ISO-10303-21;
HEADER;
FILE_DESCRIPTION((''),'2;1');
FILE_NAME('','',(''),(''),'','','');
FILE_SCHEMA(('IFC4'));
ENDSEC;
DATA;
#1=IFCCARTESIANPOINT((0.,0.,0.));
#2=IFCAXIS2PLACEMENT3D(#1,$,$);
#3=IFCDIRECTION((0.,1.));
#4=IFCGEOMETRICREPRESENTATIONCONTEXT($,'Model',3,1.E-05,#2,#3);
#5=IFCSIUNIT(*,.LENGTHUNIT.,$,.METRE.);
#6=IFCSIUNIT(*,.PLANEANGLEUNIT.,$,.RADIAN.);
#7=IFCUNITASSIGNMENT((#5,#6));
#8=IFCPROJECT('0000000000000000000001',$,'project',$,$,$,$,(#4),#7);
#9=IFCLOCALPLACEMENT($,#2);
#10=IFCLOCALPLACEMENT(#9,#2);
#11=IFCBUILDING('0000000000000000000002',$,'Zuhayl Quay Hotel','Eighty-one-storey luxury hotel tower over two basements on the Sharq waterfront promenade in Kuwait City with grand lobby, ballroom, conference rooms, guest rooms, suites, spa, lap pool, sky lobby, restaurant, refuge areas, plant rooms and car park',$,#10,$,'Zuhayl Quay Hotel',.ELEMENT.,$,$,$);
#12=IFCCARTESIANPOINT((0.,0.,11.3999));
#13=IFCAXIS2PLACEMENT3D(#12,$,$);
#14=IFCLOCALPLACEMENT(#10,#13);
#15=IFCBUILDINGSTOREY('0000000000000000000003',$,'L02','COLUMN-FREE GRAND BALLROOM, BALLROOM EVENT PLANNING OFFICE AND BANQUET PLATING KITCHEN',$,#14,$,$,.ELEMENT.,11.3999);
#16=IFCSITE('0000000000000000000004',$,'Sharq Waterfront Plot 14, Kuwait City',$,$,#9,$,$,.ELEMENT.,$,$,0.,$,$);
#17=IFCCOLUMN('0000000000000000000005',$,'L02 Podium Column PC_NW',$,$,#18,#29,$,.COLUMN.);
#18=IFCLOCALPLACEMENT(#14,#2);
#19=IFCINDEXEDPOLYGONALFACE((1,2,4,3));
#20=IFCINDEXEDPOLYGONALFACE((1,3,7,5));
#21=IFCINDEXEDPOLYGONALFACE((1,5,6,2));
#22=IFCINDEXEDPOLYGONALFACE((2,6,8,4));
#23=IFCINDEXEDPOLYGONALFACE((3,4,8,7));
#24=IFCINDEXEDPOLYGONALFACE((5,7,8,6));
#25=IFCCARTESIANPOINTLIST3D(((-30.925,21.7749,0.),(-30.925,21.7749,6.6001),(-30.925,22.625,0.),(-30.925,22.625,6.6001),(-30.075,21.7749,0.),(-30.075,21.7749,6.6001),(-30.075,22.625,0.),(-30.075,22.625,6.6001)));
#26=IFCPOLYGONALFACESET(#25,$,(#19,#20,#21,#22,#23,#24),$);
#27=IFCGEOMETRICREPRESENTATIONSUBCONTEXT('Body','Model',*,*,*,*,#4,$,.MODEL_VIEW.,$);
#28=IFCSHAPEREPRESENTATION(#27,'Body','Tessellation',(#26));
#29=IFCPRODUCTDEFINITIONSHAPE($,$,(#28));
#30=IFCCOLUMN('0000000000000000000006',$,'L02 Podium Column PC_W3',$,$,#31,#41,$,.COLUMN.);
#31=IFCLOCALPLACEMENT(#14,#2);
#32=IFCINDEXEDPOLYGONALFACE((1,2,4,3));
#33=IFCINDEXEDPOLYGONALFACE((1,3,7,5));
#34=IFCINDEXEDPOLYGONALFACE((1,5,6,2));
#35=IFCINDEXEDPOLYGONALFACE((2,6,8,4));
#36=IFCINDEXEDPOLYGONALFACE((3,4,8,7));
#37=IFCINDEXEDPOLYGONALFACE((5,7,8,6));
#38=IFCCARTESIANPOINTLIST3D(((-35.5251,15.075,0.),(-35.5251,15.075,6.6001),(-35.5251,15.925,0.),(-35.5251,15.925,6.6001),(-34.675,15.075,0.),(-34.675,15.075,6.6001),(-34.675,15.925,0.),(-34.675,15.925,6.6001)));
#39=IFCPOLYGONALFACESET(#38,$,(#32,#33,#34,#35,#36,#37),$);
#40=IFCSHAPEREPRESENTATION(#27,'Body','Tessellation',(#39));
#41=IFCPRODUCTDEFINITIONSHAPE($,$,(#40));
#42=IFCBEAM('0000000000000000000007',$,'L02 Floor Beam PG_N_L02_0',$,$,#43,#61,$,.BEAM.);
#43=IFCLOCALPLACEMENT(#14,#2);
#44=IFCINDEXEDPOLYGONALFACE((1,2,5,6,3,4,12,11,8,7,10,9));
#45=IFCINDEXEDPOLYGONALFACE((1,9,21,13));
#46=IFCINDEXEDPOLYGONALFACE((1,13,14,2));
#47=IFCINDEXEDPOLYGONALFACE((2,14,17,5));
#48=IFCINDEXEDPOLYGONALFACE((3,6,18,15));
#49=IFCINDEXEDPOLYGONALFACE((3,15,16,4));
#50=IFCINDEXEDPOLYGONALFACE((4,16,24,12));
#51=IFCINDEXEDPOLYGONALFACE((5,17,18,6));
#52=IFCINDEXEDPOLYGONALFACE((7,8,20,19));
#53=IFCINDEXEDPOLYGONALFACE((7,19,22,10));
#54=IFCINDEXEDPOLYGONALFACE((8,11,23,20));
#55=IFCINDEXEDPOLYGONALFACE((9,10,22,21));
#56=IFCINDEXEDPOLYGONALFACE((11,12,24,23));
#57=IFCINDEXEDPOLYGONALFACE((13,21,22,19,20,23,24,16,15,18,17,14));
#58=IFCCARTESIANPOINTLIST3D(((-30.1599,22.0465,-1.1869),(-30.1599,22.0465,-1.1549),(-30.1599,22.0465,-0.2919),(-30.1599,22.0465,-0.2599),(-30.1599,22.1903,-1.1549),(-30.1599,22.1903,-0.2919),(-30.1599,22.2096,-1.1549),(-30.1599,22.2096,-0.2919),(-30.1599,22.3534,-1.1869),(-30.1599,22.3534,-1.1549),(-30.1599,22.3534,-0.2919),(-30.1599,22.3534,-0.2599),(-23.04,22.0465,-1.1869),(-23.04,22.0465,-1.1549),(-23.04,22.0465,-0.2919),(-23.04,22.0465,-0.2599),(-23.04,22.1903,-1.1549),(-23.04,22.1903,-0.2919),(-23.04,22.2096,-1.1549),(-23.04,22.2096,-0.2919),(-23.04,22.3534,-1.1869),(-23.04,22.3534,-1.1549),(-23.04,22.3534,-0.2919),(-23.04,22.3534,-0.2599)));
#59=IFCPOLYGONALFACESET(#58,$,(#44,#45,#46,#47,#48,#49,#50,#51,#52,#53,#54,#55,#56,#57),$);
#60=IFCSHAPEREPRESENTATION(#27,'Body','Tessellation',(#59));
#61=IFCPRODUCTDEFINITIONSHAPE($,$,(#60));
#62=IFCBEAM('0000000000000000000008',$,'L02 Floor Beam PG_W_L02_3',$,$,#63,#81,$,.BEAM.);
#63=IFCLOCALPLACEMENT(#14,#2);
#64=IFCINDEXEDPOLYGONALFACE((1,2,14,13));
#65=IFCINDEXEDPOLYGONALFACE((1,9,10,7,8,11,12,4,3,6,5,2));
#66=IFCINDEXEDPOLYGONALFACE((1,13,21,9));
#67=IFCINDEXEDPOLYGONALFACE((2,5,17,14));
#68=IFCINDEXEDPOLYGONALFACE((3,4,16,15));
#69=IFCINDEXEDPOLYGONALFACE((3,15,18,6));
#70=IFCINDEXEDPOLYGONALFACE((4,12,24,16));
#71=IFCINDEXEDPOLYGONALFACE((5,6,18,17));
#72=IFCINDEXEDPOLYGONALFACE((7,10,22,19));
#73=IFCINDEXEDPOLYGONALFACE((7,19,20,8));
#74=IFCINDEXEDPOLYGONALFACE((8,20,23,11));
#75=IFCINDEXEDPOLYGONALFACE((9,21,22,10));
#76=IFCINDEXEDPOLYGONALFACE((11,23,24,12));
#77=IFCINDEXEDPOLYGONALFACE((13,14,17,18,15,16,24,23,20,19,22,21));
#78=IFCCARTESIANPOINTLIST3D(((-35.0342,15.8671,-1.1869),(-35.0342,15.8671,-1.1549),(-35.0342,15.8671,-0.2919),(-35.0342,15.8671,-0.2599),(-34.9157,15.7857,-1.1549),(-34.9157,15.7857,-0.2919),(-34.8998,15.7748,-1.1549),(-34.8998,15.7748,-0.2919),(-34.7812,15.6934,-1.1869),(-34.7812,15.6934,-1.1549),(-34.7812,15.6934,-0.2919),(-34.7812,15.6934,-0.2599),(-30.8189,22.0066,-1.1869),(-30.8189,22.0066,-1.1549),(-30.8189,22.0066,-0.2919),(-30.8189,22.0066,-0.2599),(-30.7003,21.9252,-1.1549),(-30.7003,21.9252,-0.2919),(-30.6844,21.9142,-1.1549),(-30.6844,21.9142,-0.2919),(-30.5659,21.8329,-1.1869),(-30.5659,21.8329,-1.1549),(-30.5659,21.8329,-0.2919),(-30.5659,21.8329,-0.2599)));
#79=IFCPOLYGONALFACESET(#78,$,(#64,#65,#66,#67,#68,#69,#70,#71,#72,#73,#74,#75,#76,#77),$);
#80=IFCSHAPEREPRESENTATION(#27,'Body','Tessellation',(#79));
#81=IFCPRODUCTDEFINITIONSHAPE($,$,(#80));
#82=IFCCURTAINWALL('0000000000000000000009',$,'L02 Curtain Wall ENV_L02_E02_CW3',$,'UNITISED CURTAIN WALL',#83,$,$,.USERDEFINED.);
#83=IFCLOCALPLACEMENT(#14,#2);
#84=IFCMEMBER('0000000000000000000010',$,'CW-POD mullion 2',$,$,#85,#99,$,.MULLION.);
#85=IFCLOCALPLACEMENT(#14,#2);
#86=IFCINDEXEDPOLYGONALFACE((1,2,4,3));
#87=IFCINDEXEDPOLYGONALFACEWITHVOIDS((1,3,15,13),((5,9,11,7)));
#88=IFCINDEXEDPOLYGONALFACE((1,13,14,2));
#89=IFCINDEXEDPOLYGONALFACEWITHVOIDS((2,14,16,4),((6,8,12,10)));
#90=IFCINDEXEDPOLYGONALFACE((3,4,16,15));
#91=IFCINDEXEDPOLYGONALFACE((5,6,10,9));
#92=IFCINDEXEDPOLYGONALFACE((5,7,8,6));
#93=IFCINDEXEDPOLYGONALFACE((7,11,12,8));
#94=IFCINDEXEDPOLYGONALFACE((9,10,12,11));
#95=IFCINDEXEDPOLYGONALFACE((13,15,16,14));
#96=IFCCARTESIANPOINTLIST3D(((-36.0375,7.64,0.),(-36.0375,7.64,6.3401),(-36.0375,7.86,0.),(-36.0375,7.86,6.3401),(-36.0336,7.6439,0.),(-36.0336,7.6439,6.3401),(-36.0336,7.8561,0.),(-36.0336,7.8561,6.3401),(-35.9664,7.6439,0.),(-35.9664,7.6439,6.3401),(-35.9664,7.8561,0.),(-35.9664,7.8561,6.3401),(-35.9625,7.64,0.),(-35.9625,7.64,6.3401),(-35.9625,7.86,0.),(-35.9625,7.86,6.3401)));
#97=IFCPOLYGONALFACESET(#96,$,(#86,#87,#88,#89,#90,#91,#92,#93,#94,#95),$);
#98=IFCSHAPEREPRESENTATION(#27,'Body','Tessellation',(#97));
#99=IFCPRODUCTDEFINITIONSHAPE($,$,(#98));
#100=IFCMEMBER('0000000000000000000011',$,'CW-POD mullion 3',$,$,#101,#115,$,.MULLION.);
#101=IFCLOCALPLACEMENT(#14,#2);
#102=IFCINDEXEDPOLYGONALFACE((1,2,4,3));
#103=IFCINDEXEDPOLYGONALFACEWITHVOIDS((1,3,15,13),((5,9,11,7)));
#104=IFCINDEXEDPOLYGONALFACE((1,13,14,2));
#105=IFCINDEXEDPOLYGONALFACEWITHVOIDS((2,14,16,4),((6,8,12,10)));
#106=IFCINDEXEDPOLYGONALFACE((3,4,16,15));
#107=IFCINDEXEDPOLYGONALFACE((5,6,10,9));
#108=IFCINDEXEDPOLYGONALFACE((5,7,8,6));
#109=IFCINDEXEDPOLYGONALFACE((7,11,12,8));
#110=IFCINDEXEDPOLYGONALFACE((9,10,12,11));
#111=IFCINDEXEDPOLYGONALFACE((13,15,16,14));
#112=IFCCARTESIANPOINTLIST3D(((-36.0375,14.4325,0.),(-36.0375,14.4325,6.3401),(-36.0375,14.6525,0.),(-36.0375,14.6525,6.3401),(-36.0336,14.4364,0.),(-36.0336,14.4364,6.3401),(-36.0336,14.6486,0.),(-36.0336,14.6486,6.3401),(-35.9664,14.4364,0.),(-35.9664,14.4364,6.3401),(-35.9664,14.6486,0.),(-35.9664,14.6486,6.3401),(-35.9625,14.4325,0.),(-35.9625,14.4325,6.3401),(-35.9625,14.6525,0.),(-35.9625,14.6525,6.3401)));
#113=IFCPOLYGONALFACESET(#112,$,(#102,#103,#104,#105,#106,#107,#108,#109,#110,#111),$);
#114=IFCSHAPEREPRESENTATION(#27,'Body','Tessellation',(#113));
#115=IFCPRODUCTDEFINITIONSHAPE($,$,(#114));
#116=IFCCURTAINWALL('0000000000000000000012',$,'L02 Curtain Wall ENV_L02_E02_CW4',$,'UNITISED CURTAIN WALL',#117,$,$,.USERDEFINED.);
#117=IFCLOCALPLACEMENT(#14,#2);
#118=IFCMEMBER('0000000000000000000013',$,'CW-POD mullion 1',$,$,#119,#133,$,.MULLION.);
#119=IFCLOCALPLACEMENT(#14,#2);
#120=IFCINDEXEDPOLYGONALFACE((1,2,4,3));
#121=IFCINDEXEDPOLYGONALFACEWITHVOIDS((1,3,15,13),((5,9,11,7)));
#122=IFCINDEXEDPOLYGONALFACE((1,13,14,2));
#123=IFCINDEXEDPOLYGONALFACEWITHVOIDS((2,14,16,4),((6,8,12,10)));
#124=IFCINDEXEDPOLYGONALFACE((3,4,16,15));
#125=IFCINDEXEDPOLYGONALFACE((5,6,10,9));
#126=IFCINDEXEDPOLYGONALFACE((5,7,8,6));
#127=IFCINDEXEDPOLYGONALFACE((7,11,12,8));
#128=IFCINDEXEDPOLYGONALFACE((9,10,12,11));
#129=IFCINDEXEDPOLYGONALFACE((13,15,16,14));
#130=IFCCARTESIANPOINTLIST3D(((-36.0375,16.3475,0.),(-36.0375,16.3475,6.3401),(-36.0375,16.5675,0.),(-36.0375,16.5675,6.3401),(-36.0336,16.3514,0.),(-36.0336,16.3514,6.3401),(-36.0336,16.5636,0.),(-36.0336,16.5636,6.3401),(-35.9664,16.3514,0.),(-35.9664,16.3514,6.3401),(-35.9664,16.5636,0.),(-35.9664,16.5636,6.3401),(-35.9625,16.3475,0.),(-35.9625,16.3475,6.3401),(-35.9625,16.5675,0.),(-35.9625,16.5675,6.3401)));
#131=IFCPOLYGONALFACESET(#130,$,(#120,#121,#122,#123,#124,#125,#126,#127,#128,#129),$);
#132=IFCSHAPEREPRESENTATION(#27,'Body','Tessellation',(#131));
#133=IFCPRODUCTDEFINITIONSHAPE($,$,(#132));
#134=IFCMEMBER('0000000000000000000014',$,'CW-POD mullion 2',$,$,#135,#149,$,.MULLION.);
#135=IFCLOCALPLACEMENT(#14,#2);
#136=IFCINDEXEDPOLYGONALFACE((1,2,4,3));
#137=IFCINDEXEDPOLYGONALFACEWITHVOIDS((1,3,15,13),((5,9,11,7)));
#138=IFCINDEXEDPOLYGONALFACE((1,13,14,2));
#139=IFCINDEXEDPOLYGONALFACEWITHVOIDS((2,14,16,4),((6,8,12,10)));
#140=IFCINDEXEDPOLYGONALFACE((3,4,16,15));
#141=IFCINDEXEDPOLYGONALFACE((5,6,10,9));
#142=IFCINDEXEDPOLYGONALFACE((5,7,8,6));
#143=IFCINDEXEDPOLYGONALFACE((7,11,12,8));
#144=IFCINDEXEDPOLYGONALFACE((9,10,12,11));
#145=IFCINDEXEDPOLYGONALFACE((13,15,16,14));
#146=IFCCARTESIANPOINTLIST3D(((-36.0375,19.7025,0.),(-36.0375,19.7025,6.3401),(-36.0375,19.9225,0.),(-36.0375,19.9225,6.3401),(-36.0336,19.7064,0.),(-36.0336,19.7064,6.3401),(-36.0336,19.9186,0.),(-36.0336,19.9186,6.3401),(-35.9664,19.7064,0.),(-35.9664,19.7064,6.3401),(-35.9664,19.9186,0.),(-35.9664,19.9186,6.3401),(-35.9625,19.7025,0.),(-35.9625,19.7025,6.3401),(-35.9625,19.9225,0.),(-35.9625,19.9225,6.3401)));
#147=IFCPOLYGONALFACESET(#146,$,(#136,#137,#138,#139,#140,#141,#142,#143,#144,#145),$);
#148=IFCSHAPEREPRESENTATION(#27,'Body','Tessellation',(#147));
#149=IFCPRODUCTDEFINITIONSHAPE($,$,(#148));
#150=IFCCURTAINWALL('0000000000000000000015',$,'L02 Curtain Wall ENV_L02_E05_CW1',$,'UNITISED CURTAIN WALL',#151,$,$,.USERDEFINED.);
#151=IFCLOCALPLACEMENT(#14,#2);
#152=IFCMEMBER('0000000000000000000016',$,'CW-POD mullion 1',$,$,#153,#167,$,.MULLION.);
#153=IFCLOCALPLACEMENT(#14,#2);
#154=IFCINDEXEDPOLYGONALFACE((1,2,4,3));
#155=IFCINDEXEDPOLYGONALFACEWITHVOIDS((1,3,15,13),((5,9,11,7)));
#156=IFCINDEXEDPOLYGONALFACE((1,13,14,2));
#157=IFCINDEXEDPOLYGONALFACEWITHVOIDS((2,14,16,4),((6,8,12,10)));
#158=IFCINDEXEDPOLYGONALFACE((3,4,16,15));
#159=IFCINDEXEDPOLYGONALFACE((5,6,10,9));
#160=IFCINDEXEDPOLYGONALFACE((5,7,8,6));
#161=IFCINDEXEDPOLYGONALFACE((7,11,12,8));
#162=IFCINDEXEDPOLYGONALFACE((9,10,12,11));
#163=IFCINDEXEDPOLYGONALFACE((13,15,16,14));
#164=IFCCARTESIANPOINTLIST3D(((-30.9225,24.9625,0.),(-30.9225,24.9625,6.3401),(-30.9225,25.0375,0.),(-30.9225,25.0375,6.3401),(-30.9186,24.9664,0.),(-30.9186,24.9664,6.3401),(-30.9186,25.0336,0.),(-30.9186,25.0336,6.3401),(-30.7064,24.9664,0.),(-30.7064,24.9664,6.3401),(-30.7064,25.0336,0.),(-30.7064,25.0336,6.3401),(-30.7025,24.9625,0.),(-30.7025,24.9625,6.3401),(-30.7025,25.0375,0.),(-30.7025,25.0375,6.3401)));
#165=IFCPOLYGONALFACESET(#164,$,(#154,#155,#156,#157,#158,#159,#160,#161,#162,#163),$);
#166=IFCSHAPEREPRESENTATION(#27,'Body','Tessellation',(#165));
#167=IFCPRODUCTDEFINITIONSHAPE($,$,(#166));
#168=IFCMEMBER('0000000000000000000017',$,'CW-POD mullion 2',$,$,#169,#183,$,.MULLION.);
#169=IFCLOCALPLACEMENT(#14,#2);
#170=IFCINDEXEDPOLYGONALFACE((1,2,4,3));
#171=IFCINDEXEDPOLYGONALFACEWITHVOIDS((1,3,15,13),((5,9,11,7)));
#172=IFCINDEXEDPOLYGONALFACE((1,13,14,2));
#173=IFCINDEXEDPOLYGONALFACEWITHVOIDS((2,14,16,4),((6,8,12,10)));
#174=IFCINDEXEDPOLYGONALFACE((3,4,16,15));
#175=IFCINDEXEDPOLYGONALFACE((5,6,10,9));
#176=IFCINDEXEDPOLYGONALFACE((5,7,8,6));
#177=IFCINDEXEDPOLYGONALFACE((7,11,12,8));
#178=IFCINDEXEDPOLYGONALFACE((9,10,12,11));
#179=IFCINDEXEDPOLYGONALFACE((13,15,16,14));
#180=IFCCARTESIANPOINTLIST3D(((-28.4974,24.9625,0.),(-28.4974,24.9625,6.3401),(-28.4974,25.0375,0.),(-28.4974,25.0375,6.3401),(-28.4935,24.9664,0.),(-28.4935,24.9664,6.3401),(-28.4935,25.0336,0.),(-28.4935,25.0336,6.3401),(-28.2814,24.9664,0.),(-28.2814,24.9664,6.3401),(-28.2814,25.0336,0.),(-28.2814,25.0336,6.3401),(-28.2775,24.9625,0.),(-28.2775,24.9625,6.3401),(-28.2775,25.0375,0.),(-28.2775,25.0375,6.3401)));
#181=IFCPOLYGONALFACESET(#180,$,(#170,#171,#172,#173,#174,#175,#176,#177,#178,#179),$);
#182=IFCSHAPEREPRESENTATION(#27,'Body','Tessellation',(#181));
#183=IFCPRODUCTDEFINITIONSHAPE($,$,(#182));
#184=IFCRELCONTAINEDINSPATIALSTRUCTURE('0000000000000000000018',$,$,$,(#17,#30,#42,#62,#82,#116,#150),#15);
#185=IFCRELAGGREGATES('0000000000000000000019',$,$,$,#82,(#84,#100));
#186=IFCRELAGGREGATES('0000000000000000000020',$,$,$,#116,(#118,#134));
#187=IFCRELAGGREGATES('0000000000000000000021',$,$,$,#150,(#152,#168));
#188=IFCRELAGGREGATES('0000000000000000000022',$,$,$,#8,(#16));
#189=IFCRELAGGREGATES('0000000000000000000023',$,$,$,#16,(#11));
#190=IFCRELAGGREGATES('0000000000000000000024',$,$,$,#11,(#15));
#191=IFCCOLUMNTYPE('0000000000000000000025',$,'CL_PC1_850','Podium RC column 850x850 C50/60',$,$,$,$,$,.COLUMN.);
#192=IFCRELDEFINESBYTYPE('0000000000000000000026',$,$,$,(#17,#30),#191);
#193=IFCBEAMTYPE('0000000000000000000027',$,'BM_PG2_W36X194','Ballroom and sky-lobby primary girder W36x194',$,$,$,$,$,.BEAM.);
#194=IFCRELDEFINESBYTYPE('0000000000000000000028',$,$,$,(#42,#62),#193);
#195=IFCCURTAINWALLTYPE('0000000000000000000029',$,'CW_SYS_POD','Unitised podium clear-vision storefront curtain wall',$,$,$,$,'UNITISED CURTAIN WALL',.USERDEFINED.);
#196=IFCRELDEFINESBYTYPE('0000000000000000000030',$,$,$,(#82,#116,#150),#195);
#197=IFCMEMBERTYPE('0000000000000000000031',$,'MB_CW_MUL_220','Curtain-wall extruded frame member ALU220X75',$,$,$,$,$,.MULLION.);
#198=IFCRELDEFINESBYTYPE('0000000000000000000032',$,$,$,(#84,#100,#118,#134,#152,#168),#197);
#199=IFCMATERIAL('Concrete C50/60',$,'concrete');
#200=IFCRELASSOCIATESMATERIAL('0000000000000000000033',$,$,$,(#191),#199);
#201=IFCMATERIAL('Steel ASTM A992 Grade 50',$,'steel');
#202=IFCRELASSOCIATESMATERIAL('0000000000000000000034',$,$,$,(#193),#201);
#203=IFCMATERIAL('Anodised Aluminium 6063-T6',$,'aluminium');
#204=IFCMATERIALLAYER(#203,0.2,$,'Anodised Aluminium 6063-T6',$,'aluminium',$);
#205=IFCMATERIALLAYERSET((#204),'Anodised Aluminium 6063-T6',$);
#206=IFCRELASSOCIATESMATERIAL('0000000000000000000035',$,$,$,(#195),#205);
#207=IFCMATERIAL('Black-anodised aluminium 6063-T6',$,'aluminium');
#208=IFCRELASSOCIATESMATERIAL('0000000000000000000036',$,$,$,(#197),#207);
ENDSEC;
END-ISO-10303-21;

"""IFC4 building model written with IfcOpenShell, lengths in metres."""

from ifc_helpers import new_model, si_unit, direction, frame, origin, origin_2d, place, context, subcontext, project, spatial, rectangle, hollow_rectangle, i_section, extrude, material, layer, layer_set, material_profile, profile_set, type_object, element, aggregate, save


model = new_model("IFC4")

# Units and contexts
model_context = context("Model", 3, precision=1e-05, world=origin(), true_north=direction((0.0, 1.0)))
body_context = subcontext(model_context, "Body", "Model", "MODEL_VIEW")
ifc_project = project(units=[si_unit("LENGTHUNIT", "METRE"), si_unit("PLANEANGLEUNIT", "RADIAN")], contexts=[model_context])

# Site, building, storey
site_placement = place(None, origin())
site = spatial("IfcSite", under=ifc_project, at=site_placement, Name="Sharq Waterfront Plot 14, Kuwait City", CompositionType="ELEMENT", RefElevation=0.0)
building_placement = place(site_placement, origin())
building = spatial("IfcBuilding", under=site, at=building_placement, Name="Zuhayl Quay Hotel", Description="Eighty-one-storey luxury hotel tower over two basements on the Sharq waterfront promenade in Kuwait City with grand lobby, ballroom, conference rooms, guest rooms, suites, spa, lap pool, sky lobby, restaurant, refuge areas, plant rooms and car park", LongName="Zuhayl Quay Hotel", CompositionType="ELEMENT")
storey_placement = place(building_placement, frame((0.0, 0.0, 11.3999)))
storey = spatial("IfcBuildingStorey", under=building, at=storey_placement, Name="L02", Description="COLUMN-FREE GRAND BALLROOM, BALLROOM EVENT PLANNING OFFICE AND BANQUET PLATING KITCHEN", CompositionType="ELEMENT", Elevation=11.3999)

# Columns
ifc_material_1 = material(Name="Concrete C50/60", Category="concrete")
ifc_material_profile_1 = material_profile(ifc_material_1, rectangle(XDim=0.8501, YDim=0.8501, at=origin_2d()), Name="RC850X850")
ifc_profile_set_1 = profile_set([ifc_material_profile_1], Name="Concrete C50/60")
column_type = type_object("IfcColumnType", Name="CL_PC1_850", Description="Podium RC column 850x850 C50/60", PredefinedType="COLUMN", material=ifc_profile_set_1)
for number, where, z_axis, x_axis, name in (
    (1, (-30.5, 22.2, 0.0), (0.0, 0.0, 1.0), (1.0, 0.0, 0.0), "L02 Podium Column PC_NW"),
    (2, (-35.1001, 15.5, 0.0), (0.0, 0.0, 1.0), (1.0, 0.0, 0.0), "L02 Podium Column PC_W3"),
):
    element("IfcColumn", number, at=place(storey_placement, frame(where, z_axis=z_axis, x_axis=x_axis)), inside=storey, type_object=column_type, Name=name, PredefinedType="COLUMN", context=body_context, shape_type="SweptSolid", body=[
        extrude(rectangle(XDim=0.8501, YDim=0.8501, at=origin_2d()), origin(), (0.0, 0.0, 1.0), 6.6001),
    ])

# Beams
ifc_material_2 = material(Name="Steel ASTM A992 Grade 50", Category="steel")
ifc_material_profile_2 = material_profile(ifc_material_2, i_section(OverallWidth=0.3069, OverallDepth=0.927, WebThickness=0.0193, FlangeThickness=0.032, at=origin_2d()), Name="W36X194")
ifc_profile_set_2 = profile_set([ifc_material_profile_2], Name="Steel ASTM A992 Grade 50")
beam_type = type_object("IfcBeamType", Name="BM_PG2_W36X194", Description="Ballroom and sky-lobby primary girder W36x194", PredefinedType="BEAM", material=ifc_profile_set_2)
beam_1_placement = place(storey_placement, frame((-30.1599, 22.2, -0.7234), z_axis=(1.0, 0.0, 0.0), x_axis=(0.0, 1.0, 0.0)))
element("IfcBeam", 3, at=beam_1_placement, inside=storey, type_object=beam_type, Name="L02 Floor Beam PG_N_L02_0", PredefinedType="BEAM", context=body_context, shape_type="SweptSolid", body=[
    extrude(i_section(OverallWidth=0.3069, OverallDepth=0.927, WebThickness=0.0193, FlangeThickness=0.032, at=origin_2d()), origin(), (0.0, 0.0, 1.0), 7.1199),
])
beam_2_placement = place(storey_placement, frame((-34.9077, 15.7803, -0.7234), z_axis=(0.566026, 0.824387, 0.0), x_axis=(-0.824387, 0.566026, 0.0)))
element("IfcBeam", 4, at=beam_2_placement, inside=storey, type_object=beam_type, Name="L02 Floor Beam PG_W_L02_3", PredefinedType="BEAM", context=body_context, shape_type="SweptSolid", body=[
    extrude(i_section(OverallWidth=0.3069, OverallDepth=0.927, WebThickness=0.0193, FlangeThickness=0.032, at=origin_2d()), origin(), (0.0, 0.0, 1.0), 7.4473),
])

# Curtain walls, members
ifc_material_3 = material(Name="Anodised Aluminium 6063-T6", Category="aluminium")
ifc_layer_1 = layer(ifc_material_3, 0.2, Name="Anodised Aluminium 6063-T6", Category="aluminium")
ifc_layer_set_1 = layer_set([ifc_layer_1], Name="Anodised Aluminium 6063-T6")
curtain_wall_type = type_object("IfcCurtainWallType", Name="CW_SYS_POD", Description="Unitised podium clear-vision storefront curtain wall", ElementType="UNITISED CURTAIN WALL", PredefinedType="USERDEFINED", material=ifc_layer_set_1)
curtain_wall_1_placement = place(storey_placement, origin())
curtain_wall_1 = element("IfcCurtainWall", 5, at=curtain_wall_1_placement, inside=storey, type_object=curtain_wall_type, Name="L02 Curtain Wall ENV_L02_E02_CW3", ObjectType="UNITISED CURTAIN WALL", PredefinedType="USERDEFINED")
ifc_material_4 = material(Name="Black-anodised aluminium 6063-T6", Category="aluminium")
ifc_material_profile_3 = material_profile(ifc_material_4, hollow_rectangle(XDim=0.075, YDim=0.22, WallThickness=0.0039, at=origin_2d()), Name="ALU220X75")
ifc_profile_set_3 = profile_set([ifc_material_profile_3], Name="Black-anodised aluminium 6063-T6")
member_type_1 = type_object("IfcMemberType", Name="MB_CW_MUL_220", Description="Curtain-wall extruded frame member ALU220X75", PredefinedType="MULLION", material=ifc_profile_set_3)
member_1_placement = place(storey_placement, frame((-36.0, 7.75, 0.0), z_axis=(0.0, 0.0, 1.0), x_axis=(-1.0, 0.0, 0.0)))
member_1 = element("IfcMember", 6, at=member_1_placement, type_object=member_type_1, Name="CW-POD mullion 2", PredefinedType="MULLION", context=body_context, shape_type="SweptSolid", body=[
    extrude(hollow_rectangle(XDim=0.075, YDim=0.22, WallThickness=0.0039, at=origin_2d()), origin(), (0.0, 0.0, 1.0), 6.3401),
])
member_2_placement = place(storey_placement, frame((-36.0, 14.5425, 0.0), z_axis=(0.0, 0.0, 1.0), x_axis=(-1.0, 0.0, 0.0)))
member_2 = element("IfcMember", 7, at=member_2_placement, type_object=member_type_1, Name="CW-POD mullion 3", PredefinedType="MULLION", context=body_context, shape_type="SweptSolid", body=[
    extrude(hollow_rectangle(XDim=0.075, YDim=0.22, WallThickness=0.0039, at=origin_2d()), origin(), (0.0, 0.0, 1.0), 6.3401),
])
curtain_wall_2_placement = place(storey_placement, origin())
curtain_wall_2 = element("IfcCurtainWall", 8, at=curtain_wall_2_placement, inside=storey, type_object=curtain_wall_type, Name="L02 Curtain Wall ENV_L02_E02_CW4", ObjectType="UNITISED CURTAIN WALL", PredefinedType="USERDEFINED")
member_3_placement = place(storey_placement, frame((-36.0, 16.4575, 0.0), z_axis=(0.0, 0.0, 1.0), x_axis=(-1.0, 0.0, 0.0)))
member_3 = element("IfcMember", 9, at=member_3_placement, type_object=member_type_1, Name="CW-POD mullion 1", PredefinedType="MULLION", context=body_context, shape_type="SweptSolid", body=[
    extrude(hollow_rectangle(XDim=0.075, YDim=0.22, WallThickness=0.0039, at=origin_2d()), origin(), (0.0, 0.0, 1.0), 6.3401),
])
member_4_placement = place(storey_placement, frame((-36.0, 19.8125, 0.0), z_axis=(0.0, 0.0, 1.0), x_axis=(-1.0, 0.0, 0.0)))
member_4 = element("IfcMember", 10, at=member_4_placement, type_object=member_type_1, Name="CW-POD mullion 2", PredefinedType="MULLION", context=body_context, shape_type="SweptSolid", body=[
    extrude(hollow_rectangle(XDim=0.075, YDim=0.22, WallThickness=0.0039, at=origin_2d()), origin(), (0.0, 0.0, 1.0), 6.3401),
])
curtain_wall_3_placement = place(storey_placement, origin())
curtain_wall_3 = element("IfcCurtainWall", 11, at=curtain_wall_3_placement, inside=storey, type_object=curtain_wall_type, Name="L02 Curtain Wall ENV_L02_E05_CW1", ObjectType="UNITISED CURTAIN WALL", PredefinedType="USERDEFINED")
member_5_placement = place(storey_placement, frame((-30.8125, 25.0, 0.0), z_axis=(0.0, 0.0, 1.0), x_axis=(0.0, 1.0, 0.0)))
member_5 = element("IfcMember", 12, at=member_5_placement, type_object=member_type_1, Name="CW-POD mullion 1", PredefinedType="MULLION", context=body_context, shape_type="SweptSolid", body=[
    extrude(hollow_rectangle(XDim=0.075, YDim=0.22, WallThickness=0.0039, at=origin_2d()), origin(), (0.0, 0.0, 1.0), 6.3401),
])
member_6_placement = place(storey_placement, frame((-28.3875, 25.0, 0.0), z_axis=(0.0, 0.0, 1.0), x_axis=(0.0, 1.0, 0.0)))
member_6 = element("IfcMember", 13, at=member_6_placement, type_object=member_type_1, Name="CW-POD mullion 2", PredefinedType="MULLION", context=body_context, shape_type="SweptSolid", body=[
    extrude(hollow_rectangle(XDim=0.075, YDim=0.22, WallThickness=0.0039, at=origin_2d()), origin(), (0.0, 0.0, 1.0), 6.3401),
])

aggregate(curtain_wall_1, [member_1, member_2])
aggregate(curtain_wall_2, [member_3, member_4])
aggregate(curtain_wall_3, [member_5, member_6])

save(model, "model.ifc")
